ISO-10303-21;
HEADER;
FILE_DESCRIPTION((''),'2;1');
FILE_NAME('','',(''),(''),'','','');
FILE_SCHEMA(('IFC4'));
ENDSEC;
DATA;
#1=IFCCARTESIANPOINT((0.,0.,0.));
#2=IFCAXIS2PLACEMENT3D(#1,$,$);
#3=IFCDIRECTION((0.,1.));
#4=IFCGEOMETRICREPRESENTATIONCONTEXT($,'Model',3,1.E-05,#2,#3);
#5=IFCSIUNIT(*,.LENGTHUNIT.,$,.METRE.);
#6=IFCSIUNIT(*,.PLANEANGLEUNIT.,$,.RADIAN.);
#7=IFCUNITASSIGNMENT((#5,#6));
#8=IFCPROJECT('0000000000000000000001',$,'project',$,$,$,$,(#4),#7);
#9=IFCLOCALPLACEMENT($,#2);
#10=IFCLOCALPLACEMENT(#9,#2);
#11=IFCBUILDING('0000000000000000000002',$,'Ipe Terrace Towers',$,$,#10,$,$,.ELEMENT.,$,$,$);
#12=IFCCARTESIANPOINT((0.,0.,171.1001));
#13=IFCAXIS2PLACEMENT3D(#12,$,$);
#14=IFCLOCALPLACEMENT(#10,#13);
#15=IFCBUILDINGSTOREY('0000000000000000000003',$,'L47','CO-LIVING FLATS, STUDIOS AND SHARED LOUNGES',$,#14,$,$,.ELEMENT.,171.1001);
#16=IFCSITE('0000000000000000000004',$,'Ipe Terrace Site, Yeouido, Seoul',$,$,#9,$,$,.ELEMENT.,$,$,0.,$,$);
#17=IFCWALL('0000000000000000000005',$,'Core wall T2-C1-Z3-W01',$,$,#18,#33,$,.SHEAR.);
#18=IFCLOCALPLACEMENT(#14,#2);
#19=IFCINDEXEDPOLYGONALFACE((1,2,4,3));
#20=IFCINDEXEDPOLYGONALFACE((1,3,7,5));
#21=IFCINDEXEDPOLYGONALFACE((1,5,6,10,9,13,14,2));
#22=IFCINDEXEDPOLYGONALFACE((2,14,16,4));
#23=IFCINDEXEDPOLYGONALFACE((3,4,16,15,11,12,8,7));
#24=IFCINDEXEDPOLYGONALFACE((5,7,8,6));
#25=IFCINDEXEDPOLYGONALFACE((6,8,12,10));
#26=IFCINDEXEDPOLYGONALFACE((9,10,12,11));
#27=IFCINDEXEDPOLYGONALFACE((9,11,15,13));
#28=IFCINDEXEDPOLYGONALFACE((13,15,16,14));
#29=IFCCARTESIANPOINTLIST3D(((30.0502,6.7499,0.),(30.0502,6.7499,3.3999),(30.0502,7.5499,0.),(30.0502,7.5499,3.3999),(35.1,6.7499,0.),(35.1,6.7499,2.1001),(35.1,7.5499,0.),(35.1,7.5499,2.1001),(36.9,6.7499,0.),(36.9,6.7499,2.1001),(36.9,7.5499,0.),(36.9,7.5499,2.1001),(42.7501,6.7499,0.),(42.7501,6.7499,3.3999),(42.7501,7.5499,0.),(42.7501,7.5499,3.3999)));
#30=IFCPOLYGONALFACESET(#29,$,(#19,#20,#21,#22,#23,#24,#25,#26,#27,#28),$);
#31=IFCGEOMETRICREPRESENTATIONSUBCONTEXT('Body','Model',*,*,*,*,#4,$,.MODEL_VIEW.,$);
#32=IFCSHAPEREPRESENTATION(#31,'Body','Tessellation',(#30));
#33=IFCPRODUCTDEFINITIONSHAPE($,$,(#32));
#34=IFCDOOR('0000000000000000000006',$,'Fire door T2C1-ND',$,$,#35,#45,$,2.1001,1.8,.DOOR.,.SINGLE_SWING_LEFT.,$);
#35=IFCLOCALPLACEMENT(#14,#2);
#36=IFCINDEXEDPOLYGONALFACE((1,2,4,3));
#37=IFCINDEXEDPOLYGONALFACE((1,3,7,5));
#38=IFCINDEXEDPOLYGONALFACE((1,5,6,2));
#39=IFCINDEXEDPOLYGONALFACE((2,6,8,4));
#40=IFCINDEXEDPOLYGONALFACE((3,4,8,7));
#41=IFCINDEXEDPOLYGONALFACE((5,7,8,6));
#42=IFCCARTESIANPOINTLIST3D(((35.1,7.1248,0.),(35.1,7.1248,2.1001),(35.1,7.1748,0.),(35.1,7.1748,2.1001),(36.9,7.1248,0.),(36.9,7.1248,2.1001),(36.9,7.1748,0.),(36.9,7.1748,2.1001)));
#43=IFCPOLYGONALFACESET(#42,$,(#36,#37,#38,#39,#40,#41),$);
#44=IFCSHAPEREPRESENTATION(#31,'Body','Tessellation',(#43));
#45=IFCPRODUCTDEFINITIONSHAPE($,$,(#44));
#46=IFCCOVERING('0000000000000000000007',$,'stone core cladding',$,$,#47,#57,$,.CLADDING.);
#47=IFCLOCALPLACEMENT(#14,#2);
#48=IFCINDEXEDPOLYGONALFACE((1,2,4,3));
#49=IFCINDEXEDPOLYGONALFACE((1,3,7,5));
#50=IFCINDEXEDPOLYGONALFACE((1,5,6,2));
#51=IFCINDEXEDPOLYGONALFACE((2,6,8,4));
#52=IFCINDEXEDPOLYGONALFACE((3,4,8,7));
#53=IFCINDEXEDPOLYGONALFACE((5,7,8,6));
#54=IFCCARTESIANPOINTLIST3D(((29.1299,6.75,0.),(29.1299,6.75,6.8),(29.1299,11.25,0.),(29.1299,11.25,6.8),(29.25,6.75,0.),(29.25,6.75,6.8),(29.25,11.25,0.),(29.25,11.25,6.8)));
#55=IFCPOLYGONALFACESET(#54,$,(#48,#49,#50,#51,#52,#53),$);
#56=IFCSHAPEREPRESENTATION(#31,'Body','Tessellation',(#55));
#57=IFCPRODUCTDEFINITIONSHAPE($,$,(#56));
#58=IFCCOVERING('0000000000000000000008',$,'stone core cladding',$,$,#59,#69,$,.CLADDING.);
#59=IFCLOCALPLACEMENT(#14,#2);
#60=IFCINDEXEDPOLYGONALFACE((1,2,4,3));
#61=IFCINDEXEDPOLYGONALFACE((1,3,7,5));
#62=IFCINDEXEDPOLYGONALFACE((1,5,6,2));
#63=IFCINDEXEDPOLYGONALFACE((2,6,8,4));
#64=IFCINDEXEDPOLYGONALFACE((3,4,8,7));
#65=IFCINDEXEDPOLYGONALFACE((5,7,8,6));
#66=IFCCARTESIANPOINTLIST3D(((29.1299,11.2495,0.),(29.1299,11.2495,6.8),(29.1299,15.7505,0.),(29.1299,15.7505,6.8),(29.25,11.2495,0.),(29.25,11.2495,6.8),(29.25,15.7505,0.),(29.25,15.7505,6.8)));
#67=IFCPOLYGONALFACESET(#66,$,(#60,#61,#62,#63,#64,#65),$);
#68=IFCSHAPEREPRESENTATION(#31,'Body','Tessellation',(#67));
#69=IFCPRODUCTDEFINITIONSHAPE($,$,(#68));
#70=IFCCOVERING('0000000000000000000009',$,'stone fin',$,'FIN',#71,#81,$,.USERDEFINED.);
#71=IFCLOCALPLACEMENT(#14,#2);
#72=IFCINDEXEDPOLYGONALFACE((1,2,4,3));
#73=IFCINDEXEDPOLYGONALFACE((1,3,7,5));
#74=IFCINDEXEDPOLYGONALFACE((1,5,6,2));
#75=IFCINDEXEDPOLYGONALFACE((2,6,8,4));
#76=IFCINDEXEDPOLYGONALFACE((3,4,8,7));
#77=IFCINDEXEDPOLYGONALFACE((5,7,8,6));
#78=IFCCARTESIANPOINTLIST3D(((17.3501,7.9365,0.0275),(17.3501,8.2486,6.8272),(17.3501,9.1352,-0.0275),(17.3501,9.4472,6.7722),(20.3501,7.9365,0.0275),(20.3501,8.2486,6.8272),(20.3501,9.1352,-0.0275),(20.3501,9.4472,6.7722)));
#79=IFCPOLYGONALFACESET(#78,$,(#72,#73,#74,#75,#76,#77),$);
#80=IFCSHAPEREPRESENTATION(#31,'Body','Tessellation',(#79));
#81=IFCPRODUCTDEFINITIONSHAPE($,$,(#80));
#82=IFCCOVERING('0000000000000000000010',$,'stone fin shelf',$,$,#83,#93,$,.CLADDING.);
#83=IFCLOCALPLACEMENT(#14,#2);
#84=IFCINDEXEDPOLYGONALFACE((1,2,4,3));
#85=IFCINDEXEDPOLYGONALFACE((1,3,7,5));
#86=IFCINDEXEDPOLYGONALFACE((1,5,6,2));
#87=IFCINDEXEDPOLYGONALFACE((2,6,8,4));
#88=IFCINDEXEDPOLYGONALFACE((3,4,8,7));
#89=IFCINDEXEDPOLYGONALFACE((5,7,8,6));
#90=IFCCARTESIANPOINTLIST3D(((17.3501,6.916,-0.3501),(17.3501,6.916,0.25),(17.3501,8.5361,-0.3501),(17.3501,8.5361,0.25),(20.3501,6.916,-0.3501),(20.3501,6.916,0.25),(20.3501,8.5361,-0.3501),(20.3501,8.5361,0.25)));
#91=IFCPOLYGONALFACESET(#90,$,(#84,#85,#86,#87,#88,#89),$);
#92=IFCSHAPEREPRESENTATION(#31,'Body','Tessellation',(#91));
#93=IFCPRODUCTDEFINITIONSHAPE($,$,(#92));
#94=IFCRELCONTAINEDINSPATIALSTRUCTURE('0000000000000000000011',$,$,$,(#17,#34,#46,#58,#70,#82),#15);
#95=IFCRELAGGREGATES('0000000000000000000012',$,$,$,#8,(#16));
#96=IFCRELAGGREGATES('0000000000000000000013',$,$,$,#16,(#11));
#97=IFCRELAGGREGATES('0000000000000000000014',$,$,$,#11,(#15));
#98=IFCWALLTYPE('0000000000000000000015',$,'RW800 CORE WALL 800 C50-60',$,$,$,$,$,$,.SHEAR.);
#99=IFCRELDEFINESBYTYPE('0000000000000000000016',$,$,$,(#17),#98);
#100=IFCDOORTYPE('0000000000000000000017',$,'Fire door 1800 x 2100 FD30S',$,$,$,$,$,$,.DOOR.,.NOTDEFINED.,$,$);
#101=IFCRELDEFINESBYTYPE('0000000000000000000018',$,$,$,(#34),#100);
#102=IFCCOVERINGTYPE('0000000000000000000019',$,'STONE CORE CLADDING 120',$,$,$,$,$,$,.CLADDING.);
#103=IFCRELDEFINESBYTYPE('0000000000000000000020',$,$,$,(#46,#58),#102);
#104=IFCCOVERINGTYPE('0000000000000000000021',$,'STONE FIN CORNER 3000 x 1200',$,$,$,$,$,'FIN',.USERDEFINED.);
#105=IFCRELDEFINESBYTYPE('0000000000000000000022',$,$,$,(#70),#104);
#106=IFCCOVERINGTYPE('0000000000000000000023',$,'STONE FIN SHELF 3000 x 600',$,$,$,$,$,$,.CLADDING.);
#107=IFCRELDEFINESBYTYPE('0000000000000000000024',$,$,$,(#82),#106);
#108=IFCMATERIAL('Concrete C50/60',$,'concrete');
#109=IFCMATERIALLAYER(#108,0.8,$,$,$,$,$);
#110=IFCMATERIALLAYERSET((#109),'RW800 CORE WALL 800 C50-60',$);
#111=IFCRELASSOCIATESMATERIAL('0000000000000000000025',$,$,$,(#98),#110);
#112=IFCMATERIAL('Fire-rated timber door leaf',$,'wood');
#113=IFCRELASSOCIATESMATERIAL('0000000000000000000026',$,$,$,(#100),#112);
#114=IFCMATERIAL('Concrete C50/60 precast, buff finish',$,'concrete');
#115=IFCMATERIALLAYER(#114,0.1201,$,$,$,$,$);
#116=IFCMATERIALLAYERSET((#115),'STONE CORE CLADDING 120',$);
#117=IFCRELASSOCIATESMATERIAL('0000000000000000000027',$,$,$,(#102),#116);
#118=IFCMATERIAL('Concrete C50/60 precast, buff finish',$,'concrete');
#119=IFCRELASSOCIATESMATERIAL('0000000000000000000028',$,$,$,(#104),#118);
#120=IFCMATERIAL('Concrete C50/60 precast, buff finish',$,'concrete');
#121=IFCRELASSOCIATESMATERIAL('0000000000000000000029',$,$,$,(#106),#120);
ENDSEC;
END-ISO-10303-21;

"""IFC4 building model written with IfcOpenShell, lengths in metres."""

from ifc_helpers import new_model, si_unit, direction, frame, frame_2d, origin, origin_2d, place, context, subcontext, project, spatial, rectangle, extrude, material, layer, layer_set, material_profile, profile_set, type_object, element, fill, save


model = new_model("IFC4")

# Units and contexts
model_context = context("Model", 3, precision=1e-05, world=origin(), true_north=direction((0.0, 1.0)))
body_context = subcontext(model_context, "Body", "Model", "MODEL_VIEW")
ifc_project = project(units=[si_unit("LENGTHUNIT", "METRE"), si_unit("PLANEANGLEUNIT", "RADIAN")], contexts=[model_context])

# Site, building, storey
site_placement = place(None, origin())
site = spatial("IfcSite", under=ifc_project, at=site_placement, Name="Ipe Terrace Site, Yeouido, Seoul", CompositionType="ELEMENT", RefElevation=0.0)
building_placement = place(site_placement, origin())
building = spatial("IfcBuilding", under=site, at=building_placement, Name="Ipe Terrace Towers", CompositionType="ELEMENT")
storey_placement = place(building_placement, frame((0.0, 0.0, 171.1001)))
storey = spatial("IfcBuildingStorey", under=building, at=storey_placement, Name="L47", Description="CO-LIVING FLATS, STUDIOS AND SHARED LOUNGES", CompositionType="ELEMENT", Elevation=171.1001)

# Wall, opening, door
ifc_material_1 = material(Name="Concrete C50/60", Category="concrete")
ifc_layer_1 = layer(ifc_material_1, 0.8)
ifc_layer_set_1 = layer_set([ifc_layer_1], Name="RW800 CORE WALL 800 C50-60")
wall_type_1 = type_object("IfcWallType", Name="RW800 CORE WALL 800 C50-60", PredefinedType="SHEAR", material=ifc_layer_set_1)
wall_1_placement = place(storey_placement, frame((30.05, 7.1499, 0.0), z_axis=(0.0, 0.0, 1.0), x_axis=(1.0, 0.0, 0.0)))
wall_1 = element("IfcWall", 1, at=wall_1_placement, inside=storey, type_object=wall_type_1, Name="Core wall T2-C1-Z3-W01", PredefinedType="SHEAR", context=body_context, shape_type="SweptSolid", body=[
    extrude(rectangle(XDim=12.7, YDim=0.8, at=frame_2d((6.3501, 0.0))), origin(), (0.0, 0.0, 1.0), 3.3999),
])
opening_1_placement = place(wall_1_placement, frame((5.05, 0.0, 0.0)))
opening_1 = element("IfcOpeningElement", 2, at=opening_1_placement, cuts=wall_1, PredefinedType="OPENING", context=body_context, shape_type="SweptSolid", body=[
    extrude(rectangle(XDim=1.8, YDim=2.1001, at=frame_2d((0.8999, 1.05))), frame((0.0, 0.4102, 0.0), z_axis=(0.0, -1.0, 0.0), x_axis=(1.0, 0.0, 0.0)), (0.0, 0.0, 1.0), 0.8201),
])
ifc_material_2 = material(Name="Fire-rated timber door leaf", Category="wood")
door_type_1 = type_object("IfcDoorType", Name="Fire door 1800 x 2100 FD30S", OperationType="NOTDEFINED", PredefinedType="DOOR", material=ifc_material_2)
door_1_placement = place(opening_1_placement, origin())
door_1 = element("IfcDoor", 3, at=door_1_placement, inside=storey, type_object=door_type_1, Name="Fire door T2C1-ND", OperationType="SINGLE_SWING_LEFT", OverallHeight=2.1001, OverallWidth=1.8, PredefinedType="DOOR", context=body_context, shape_type="SweptSolid", body=[
    extrude(rectangle(XDim=1.8, YDim=2.1001, at=frame_2d((0.8999, 1.05))), frame((0.0, 0.0249, 0.0), z_axis=(0.0, -1.0, 0.0), x_axis=(1.0, 0.0, 0.0)), (0.0, 0.0, 1.0), 0.05),
])
fill(opening_1, door_1)

# Coverings
ifc_material_3 = material(Name="Concrete C50/60 precast, buff finish", Category="concrete")
ifc_layer_2 = layer(ifc_material_3, 0.1201)
ifc_layer_set_2 = layer_set([ifc_layer_2], Name="STONE CORE CLADDING 120")
covering_type_1 = type_object("IfcCoveringType", Name="STONE CORE CLADDING 120", PredefinedType="CLADDING", material=ifc_layer_set_2)
covering_1_placement = place(storey_placement, frame((29.1899, 9.0, 0.0), z_axis=(0.0, 0.0, 1.0), x_axis=(0.0, -1.0, 0.0)))
element("IfcCovering", 4, at=covering_1_placement, inside=storey, type_object=covering_type_1, Name="stone core cladding", PredefinedType="CLADDING", context=body_context, shape_type="SweptSolid", body=[
    extrude(rectangle(XDim=4.5, YDim=0.1201, at=origin_2d()), origin(), (0.0, 0.0, 1.0), 6.8),
])
covering_2_placement = place(storey_placement, frame((29.1899, 13.5, 0.0), z_axis=(0.0, 0.0, 1.0), x_axis=(0.0, -1.0, 0.0)))
element("IfcCovering", 5, at=covering_2_placement, inside=storey, type_object=covering_type_1, Name="stone core cladding", PredefinedType="CLADDING", context=body_context, shape_type="SweptSolid", body=[
    extrude(rectangle(XDim=4.501, YDim=0.1201, at=origin_2d()), origin(), (0.0, 0.0, 1.0), 6.8),
])
ifc_material_4 = material(Name="Concrete C50/60 precast, buff finish", Category="concrete")
ifc_material_profile_1 = material_profile(ifc_material_4, rectangle(XDim=3.0, YDim=1.2, at=origin_2d()), Name="STONE FIN CORNER 3000 x 1200")
ifc_profile_set_1 = profile_set([ifc_material_profile_1], Name="Concrete C50/60 precast, buff finish")
covering_type_2 = type_object("IfcCoveringType", Name="STONE FIN CORNER 3000 x 1200", ElementType="FIN", PredefinedType="USERDEFINED", material=ifc_profile_set_1)
covering_3_placement = place(storey_placement, frame((18.8501, 8.5359, 0.0), z_axis=(0.0, 0.045837, 0.998949), x_axis=(-1.0, 0.0, 0.0)))
element("IfcCovering", 6, at=covering_3_placement, inside=storey, type_object=covering_type_2, Name="stone fin", ObjectType="FIN", PredefinedType="USERDEFINED", context=body_context, shape_type="SweptSolid", body=[
    extrude(rectangle(XDim=3.0, YDim=1.2, at=origin_2d()), origin(), (0.0, 0.0, 1.0), 6.8069),
])
ifc_material_5 = material(Name="Concrete C50/60 precast, buff finish", Category="concrete")
covering_type_3 = type_object("IfcCoveringType", Name="STONE FIN SHELF 3000 x 600", PredefinedType="CLADDING", material=ifc_material_5)
covering_4_placement = place(storey_placement, frame((18.8501, 7.7261, -0.3501), z_axis=(0.0, 0.0, 1.0), x_axis=(-1.0, 0.0, 0.0)))
element("IfcCovering", 7, at=covering_4_placement, inside=storey, type_object=covering_type_3, Name="stone fin shelf", PredefinedType="CLADDING", context=body_context, shape_type="SweptSolid", body=[
    extrude(rectangle(XDim=3.0, YDim=1.6201, at=origin_2d()), origin(), (0.0, 0.0, 1.0), 0.6001),
])

save(model, "model.ifc")
